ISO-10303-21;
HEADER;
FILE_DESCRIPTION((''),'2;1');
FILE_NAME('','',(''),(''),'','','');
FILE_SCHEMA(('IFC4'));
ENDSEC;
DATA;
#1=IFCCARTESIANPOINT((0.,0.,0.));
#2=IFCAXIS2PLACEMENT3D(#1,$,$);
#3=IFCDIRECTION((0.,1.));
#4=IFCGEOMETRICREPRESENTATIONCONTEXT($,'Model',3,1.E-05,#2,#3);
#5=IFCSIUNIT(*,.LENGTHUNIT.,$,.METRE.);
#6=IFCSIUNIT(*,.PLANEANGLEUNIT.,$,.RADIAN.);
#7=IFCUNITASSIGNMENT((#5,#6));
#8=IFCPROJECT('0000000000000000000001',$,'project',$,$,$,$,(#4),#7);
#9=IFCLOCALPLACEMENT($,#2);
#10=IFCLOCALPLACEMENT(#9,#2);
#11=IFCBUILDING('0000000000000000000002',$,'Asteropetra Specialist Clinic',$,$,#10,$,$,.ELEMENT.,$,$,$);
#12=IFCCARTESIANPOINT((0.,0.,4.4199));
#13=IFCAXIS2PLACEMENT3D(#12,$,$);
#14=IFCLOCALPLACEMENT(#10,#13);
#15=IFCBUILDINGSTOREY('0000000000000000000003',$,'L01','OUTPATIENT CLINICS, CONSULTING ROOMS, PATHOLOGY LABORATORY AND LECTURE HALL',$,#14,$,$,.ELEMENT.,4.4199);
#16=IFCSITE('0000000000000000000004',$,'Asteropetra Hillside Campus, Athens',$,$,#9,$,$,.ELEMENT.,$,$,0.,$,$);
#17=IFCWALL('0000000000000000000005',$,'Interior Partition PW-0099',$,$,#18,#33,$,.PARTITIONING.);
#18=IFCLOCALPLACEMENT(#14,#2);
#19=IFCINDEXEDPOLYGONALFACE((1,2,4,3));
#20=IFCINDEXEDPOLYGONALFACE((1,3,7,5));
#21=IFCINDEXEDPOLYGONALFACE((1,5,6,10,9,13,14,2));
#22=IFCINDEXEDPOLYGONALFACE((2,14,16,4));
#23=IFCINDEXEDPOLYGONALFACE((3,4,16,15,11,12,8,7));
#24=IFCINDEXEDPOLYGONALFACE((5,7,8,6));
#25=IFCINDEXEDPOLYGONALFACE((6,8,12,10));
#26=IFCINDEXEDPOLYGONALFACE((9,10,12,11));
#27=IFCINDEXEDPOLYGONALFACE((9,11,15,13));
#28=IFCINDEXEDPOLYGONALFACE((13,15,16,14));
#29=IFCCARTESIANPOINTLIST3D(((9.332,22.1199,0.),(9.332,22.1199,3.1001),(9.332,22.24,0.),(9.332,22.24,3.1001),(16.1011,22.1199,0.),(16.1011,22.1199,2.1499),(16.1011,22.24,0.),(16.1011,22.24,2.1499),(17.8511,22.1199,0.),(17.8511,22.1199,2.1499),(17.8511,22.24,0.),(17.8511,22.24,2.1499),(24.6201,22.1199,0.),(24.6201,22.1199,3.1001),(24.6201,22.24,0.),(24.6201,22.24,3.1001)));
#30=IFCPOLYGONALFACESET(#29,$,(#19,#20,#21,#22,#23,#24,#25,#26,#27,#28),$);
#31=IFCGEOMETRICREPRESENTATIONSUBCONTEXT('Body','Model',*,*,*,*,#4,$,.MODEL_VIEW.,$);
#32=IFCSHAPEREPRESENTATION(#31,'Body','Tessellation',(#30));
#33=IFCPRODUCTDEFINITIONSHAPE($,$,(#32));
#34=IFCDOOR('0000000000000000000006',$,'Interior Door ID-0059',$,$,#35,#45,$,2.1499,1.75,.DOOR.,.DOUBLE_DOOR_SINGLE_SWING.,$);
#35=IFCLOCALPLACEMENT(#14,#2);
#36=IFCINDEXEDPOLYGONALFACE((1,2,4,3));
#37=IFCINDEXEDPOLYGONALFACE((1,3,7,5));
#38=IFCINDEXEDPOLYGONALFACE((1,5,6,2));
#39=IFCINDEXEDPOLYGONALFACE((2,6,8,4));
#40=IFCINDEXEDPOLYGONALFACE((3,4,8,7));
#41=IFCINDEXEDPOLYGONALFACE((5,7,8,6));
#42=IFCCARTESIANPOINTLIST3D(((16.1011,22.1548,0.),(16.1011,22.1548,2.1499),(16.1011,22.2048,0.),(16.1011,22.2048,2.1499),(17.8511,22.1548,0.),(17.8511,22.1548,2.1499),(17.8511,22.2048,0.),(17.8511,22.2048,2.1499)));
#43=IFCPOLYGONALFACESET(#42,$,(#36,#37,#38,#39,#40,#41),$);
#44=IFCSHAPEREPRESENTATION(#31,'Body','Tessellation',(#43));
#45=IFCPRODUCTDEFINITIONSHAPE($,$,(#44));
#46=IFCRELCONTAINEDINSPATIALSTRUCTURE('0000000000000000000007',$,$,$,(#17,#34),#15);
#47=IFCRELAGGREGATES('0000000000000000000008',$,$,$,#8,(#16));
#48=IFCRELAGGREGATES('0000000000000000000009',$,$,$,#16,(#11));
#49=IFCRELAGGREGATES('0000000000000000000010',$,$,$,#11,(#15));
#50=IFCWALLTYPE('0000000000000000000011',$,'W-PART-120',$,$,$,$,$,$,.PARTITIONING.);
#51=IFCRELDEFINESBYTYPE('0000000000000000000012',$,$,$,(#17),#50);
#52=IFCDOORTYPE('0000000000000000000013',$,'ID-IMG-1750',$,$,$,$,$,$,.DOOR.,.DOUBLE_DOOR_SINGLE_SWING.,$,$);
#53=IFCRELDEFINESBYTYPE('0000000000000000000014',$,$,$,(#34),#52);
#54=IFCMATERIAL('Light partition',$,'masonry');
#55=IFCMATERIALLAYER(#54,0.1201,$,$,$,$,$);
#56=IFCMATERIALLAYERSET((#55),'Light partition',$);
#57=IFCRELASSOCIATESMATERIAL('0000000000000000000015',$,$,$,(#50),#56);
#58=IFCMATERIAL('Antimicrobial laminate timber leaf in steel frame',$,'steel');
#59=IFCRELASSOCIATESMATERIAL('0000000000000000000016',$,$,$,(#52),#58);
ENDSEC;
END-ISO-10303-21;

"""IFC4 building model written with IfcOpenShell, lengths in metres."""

from ifc_helpers import new_model, si_unit, direction, frame, frame_2d, origin, place, context, subcontext, project, spatial, rectangle, extrude, material, layer, layer_set, type_object, element, fill, save


model = new_model("IFC4")

# Units and contexts
model_context = context("Model", 3, precision=1e-05, world=origin(), true_north=direction((0.0, 1.0)))
body_context = subcontext(model_context, "Body", "Model", "MODEL_VIEW")
ifc_project = project(units=[si_unit("LENGTHUNIT", "METRE"), si_unit("PLANEANGLEUNIT", "RADIAN")], contexts=[model_context])

# Site, building, storey
site_placement = place(None, origin())
site = spatial("IfcSite", under=ifc_project, at=site_placement, Name="Asteropetra Hillside Campus, Athens", CompositionType="ELEMENT", RefElevation=0.0)
building_placement = place(site_placement, origin())
building = spatial("IfcBuilding", under=site, at=building_placement, Name="Asteropetra Specialist Clinic", CompositionType="ELEMENT")
storey_placement = place(building_placement, frame((0.0, 0.0, 4.4199)))
storey = spatial("IfcBuildingStorey", under=building, at=storey_placement, Name="L01", Description="OUTPATIENT CLINICS, CONSULTING ROOMS, PATHOLOGY LABORATORY AND LECTURE HALL", CompositionType="ELEMENT", Elevation=4.4199)

# Wall, opening, door
ifc_material_1 = material(Name="Light partition", Category="masonry")
ifc_layer_1 = layer(ifc_material_1, 0.1201)
ifc_layer_set_1 = layer_set([ifc_layer_1], Name="Light partition")
wall_type_1 = type_object("IfcWallType", Name="W-PART-120", PredefinedType="PARTITIONING", material=ifc_layer_set_1)
wall_1_placement = place(storey_placement, frame((9.332, 22.1799, 0.0), z_axis=(0.0, 0.0, 1.0), x_axis=(1.0, 0.0, 0.0)))
wall_1 = element("IfcWall", 1, at=wall_1_placement, inside=storey, type_object=wall_type_1, Name="Interior Partition PW-0099", PredefinedType="PARTITIONING", context=body_context, shape_type="SweptSolid", body=[
    extrude(rectangle(XDim=15.2881, YDim=0.1201, at=frame_2d((7.644, 0.0))), origin(), (0.0, 0.0, 1.0), 3.1001),
])
opening_placement = place(wall_1_placement, frame((6.769, 0.0, 0.0)))
opening = element("IfcOpeningElement", 2, at=opening_placement, cuts=wall_1, PredefinedType="OPENING", context=body_context, shape_type="SweptSolid", body=[
    extrude(rectangle(XDim=1.75, YDim=2.1499, at=frame_2d((0.875, 1.075))), frame((0.0, 0.0701, 0.0), z_axis=(0.0, -1.0, 0.0), x_axis=(1.0, 0.0, 0.0)), (0.0, 0.0, 1.0), 0.1401),
])
ifc_material_2 = material(Name="Antimicrobial laminate timber leaf in steel frame", Category="steel")
door_type = type_object("IfcDoorType", Name="ID-IMG-1750", OperationType="DOUBLE_DOOR_SINGLE_SWING", PredefinedType="DOOR", material=ifc_material_2)
door_placement = place(opening_placement, origin())
door = element("IfcDoor", 3, at=door_placement, inside=storey, type_object=door_type, Name="Interior Door ID-0059", OperationType="DOUBLE_DOOR_SINGLE_SWING", OverallHeight=2.1499, OverallWidth=1.75, PredefinedType="DOOR", context=body_context, shape_type="SweptSolid", body=[
    extrude(rectangle(XDim=1.75, YDim=2.1499, at=frame_2d((0.875, 1.075))), frame((0.0, 0.0249, 0.0), z_axis=(0.0, -1.0, 0.0), x_axis=(1.0, 0.0, 0.0)), (0.0, 0.0, 1.0), 0.05),
])
fill(opening, door)

save(model, "model.ifc")
